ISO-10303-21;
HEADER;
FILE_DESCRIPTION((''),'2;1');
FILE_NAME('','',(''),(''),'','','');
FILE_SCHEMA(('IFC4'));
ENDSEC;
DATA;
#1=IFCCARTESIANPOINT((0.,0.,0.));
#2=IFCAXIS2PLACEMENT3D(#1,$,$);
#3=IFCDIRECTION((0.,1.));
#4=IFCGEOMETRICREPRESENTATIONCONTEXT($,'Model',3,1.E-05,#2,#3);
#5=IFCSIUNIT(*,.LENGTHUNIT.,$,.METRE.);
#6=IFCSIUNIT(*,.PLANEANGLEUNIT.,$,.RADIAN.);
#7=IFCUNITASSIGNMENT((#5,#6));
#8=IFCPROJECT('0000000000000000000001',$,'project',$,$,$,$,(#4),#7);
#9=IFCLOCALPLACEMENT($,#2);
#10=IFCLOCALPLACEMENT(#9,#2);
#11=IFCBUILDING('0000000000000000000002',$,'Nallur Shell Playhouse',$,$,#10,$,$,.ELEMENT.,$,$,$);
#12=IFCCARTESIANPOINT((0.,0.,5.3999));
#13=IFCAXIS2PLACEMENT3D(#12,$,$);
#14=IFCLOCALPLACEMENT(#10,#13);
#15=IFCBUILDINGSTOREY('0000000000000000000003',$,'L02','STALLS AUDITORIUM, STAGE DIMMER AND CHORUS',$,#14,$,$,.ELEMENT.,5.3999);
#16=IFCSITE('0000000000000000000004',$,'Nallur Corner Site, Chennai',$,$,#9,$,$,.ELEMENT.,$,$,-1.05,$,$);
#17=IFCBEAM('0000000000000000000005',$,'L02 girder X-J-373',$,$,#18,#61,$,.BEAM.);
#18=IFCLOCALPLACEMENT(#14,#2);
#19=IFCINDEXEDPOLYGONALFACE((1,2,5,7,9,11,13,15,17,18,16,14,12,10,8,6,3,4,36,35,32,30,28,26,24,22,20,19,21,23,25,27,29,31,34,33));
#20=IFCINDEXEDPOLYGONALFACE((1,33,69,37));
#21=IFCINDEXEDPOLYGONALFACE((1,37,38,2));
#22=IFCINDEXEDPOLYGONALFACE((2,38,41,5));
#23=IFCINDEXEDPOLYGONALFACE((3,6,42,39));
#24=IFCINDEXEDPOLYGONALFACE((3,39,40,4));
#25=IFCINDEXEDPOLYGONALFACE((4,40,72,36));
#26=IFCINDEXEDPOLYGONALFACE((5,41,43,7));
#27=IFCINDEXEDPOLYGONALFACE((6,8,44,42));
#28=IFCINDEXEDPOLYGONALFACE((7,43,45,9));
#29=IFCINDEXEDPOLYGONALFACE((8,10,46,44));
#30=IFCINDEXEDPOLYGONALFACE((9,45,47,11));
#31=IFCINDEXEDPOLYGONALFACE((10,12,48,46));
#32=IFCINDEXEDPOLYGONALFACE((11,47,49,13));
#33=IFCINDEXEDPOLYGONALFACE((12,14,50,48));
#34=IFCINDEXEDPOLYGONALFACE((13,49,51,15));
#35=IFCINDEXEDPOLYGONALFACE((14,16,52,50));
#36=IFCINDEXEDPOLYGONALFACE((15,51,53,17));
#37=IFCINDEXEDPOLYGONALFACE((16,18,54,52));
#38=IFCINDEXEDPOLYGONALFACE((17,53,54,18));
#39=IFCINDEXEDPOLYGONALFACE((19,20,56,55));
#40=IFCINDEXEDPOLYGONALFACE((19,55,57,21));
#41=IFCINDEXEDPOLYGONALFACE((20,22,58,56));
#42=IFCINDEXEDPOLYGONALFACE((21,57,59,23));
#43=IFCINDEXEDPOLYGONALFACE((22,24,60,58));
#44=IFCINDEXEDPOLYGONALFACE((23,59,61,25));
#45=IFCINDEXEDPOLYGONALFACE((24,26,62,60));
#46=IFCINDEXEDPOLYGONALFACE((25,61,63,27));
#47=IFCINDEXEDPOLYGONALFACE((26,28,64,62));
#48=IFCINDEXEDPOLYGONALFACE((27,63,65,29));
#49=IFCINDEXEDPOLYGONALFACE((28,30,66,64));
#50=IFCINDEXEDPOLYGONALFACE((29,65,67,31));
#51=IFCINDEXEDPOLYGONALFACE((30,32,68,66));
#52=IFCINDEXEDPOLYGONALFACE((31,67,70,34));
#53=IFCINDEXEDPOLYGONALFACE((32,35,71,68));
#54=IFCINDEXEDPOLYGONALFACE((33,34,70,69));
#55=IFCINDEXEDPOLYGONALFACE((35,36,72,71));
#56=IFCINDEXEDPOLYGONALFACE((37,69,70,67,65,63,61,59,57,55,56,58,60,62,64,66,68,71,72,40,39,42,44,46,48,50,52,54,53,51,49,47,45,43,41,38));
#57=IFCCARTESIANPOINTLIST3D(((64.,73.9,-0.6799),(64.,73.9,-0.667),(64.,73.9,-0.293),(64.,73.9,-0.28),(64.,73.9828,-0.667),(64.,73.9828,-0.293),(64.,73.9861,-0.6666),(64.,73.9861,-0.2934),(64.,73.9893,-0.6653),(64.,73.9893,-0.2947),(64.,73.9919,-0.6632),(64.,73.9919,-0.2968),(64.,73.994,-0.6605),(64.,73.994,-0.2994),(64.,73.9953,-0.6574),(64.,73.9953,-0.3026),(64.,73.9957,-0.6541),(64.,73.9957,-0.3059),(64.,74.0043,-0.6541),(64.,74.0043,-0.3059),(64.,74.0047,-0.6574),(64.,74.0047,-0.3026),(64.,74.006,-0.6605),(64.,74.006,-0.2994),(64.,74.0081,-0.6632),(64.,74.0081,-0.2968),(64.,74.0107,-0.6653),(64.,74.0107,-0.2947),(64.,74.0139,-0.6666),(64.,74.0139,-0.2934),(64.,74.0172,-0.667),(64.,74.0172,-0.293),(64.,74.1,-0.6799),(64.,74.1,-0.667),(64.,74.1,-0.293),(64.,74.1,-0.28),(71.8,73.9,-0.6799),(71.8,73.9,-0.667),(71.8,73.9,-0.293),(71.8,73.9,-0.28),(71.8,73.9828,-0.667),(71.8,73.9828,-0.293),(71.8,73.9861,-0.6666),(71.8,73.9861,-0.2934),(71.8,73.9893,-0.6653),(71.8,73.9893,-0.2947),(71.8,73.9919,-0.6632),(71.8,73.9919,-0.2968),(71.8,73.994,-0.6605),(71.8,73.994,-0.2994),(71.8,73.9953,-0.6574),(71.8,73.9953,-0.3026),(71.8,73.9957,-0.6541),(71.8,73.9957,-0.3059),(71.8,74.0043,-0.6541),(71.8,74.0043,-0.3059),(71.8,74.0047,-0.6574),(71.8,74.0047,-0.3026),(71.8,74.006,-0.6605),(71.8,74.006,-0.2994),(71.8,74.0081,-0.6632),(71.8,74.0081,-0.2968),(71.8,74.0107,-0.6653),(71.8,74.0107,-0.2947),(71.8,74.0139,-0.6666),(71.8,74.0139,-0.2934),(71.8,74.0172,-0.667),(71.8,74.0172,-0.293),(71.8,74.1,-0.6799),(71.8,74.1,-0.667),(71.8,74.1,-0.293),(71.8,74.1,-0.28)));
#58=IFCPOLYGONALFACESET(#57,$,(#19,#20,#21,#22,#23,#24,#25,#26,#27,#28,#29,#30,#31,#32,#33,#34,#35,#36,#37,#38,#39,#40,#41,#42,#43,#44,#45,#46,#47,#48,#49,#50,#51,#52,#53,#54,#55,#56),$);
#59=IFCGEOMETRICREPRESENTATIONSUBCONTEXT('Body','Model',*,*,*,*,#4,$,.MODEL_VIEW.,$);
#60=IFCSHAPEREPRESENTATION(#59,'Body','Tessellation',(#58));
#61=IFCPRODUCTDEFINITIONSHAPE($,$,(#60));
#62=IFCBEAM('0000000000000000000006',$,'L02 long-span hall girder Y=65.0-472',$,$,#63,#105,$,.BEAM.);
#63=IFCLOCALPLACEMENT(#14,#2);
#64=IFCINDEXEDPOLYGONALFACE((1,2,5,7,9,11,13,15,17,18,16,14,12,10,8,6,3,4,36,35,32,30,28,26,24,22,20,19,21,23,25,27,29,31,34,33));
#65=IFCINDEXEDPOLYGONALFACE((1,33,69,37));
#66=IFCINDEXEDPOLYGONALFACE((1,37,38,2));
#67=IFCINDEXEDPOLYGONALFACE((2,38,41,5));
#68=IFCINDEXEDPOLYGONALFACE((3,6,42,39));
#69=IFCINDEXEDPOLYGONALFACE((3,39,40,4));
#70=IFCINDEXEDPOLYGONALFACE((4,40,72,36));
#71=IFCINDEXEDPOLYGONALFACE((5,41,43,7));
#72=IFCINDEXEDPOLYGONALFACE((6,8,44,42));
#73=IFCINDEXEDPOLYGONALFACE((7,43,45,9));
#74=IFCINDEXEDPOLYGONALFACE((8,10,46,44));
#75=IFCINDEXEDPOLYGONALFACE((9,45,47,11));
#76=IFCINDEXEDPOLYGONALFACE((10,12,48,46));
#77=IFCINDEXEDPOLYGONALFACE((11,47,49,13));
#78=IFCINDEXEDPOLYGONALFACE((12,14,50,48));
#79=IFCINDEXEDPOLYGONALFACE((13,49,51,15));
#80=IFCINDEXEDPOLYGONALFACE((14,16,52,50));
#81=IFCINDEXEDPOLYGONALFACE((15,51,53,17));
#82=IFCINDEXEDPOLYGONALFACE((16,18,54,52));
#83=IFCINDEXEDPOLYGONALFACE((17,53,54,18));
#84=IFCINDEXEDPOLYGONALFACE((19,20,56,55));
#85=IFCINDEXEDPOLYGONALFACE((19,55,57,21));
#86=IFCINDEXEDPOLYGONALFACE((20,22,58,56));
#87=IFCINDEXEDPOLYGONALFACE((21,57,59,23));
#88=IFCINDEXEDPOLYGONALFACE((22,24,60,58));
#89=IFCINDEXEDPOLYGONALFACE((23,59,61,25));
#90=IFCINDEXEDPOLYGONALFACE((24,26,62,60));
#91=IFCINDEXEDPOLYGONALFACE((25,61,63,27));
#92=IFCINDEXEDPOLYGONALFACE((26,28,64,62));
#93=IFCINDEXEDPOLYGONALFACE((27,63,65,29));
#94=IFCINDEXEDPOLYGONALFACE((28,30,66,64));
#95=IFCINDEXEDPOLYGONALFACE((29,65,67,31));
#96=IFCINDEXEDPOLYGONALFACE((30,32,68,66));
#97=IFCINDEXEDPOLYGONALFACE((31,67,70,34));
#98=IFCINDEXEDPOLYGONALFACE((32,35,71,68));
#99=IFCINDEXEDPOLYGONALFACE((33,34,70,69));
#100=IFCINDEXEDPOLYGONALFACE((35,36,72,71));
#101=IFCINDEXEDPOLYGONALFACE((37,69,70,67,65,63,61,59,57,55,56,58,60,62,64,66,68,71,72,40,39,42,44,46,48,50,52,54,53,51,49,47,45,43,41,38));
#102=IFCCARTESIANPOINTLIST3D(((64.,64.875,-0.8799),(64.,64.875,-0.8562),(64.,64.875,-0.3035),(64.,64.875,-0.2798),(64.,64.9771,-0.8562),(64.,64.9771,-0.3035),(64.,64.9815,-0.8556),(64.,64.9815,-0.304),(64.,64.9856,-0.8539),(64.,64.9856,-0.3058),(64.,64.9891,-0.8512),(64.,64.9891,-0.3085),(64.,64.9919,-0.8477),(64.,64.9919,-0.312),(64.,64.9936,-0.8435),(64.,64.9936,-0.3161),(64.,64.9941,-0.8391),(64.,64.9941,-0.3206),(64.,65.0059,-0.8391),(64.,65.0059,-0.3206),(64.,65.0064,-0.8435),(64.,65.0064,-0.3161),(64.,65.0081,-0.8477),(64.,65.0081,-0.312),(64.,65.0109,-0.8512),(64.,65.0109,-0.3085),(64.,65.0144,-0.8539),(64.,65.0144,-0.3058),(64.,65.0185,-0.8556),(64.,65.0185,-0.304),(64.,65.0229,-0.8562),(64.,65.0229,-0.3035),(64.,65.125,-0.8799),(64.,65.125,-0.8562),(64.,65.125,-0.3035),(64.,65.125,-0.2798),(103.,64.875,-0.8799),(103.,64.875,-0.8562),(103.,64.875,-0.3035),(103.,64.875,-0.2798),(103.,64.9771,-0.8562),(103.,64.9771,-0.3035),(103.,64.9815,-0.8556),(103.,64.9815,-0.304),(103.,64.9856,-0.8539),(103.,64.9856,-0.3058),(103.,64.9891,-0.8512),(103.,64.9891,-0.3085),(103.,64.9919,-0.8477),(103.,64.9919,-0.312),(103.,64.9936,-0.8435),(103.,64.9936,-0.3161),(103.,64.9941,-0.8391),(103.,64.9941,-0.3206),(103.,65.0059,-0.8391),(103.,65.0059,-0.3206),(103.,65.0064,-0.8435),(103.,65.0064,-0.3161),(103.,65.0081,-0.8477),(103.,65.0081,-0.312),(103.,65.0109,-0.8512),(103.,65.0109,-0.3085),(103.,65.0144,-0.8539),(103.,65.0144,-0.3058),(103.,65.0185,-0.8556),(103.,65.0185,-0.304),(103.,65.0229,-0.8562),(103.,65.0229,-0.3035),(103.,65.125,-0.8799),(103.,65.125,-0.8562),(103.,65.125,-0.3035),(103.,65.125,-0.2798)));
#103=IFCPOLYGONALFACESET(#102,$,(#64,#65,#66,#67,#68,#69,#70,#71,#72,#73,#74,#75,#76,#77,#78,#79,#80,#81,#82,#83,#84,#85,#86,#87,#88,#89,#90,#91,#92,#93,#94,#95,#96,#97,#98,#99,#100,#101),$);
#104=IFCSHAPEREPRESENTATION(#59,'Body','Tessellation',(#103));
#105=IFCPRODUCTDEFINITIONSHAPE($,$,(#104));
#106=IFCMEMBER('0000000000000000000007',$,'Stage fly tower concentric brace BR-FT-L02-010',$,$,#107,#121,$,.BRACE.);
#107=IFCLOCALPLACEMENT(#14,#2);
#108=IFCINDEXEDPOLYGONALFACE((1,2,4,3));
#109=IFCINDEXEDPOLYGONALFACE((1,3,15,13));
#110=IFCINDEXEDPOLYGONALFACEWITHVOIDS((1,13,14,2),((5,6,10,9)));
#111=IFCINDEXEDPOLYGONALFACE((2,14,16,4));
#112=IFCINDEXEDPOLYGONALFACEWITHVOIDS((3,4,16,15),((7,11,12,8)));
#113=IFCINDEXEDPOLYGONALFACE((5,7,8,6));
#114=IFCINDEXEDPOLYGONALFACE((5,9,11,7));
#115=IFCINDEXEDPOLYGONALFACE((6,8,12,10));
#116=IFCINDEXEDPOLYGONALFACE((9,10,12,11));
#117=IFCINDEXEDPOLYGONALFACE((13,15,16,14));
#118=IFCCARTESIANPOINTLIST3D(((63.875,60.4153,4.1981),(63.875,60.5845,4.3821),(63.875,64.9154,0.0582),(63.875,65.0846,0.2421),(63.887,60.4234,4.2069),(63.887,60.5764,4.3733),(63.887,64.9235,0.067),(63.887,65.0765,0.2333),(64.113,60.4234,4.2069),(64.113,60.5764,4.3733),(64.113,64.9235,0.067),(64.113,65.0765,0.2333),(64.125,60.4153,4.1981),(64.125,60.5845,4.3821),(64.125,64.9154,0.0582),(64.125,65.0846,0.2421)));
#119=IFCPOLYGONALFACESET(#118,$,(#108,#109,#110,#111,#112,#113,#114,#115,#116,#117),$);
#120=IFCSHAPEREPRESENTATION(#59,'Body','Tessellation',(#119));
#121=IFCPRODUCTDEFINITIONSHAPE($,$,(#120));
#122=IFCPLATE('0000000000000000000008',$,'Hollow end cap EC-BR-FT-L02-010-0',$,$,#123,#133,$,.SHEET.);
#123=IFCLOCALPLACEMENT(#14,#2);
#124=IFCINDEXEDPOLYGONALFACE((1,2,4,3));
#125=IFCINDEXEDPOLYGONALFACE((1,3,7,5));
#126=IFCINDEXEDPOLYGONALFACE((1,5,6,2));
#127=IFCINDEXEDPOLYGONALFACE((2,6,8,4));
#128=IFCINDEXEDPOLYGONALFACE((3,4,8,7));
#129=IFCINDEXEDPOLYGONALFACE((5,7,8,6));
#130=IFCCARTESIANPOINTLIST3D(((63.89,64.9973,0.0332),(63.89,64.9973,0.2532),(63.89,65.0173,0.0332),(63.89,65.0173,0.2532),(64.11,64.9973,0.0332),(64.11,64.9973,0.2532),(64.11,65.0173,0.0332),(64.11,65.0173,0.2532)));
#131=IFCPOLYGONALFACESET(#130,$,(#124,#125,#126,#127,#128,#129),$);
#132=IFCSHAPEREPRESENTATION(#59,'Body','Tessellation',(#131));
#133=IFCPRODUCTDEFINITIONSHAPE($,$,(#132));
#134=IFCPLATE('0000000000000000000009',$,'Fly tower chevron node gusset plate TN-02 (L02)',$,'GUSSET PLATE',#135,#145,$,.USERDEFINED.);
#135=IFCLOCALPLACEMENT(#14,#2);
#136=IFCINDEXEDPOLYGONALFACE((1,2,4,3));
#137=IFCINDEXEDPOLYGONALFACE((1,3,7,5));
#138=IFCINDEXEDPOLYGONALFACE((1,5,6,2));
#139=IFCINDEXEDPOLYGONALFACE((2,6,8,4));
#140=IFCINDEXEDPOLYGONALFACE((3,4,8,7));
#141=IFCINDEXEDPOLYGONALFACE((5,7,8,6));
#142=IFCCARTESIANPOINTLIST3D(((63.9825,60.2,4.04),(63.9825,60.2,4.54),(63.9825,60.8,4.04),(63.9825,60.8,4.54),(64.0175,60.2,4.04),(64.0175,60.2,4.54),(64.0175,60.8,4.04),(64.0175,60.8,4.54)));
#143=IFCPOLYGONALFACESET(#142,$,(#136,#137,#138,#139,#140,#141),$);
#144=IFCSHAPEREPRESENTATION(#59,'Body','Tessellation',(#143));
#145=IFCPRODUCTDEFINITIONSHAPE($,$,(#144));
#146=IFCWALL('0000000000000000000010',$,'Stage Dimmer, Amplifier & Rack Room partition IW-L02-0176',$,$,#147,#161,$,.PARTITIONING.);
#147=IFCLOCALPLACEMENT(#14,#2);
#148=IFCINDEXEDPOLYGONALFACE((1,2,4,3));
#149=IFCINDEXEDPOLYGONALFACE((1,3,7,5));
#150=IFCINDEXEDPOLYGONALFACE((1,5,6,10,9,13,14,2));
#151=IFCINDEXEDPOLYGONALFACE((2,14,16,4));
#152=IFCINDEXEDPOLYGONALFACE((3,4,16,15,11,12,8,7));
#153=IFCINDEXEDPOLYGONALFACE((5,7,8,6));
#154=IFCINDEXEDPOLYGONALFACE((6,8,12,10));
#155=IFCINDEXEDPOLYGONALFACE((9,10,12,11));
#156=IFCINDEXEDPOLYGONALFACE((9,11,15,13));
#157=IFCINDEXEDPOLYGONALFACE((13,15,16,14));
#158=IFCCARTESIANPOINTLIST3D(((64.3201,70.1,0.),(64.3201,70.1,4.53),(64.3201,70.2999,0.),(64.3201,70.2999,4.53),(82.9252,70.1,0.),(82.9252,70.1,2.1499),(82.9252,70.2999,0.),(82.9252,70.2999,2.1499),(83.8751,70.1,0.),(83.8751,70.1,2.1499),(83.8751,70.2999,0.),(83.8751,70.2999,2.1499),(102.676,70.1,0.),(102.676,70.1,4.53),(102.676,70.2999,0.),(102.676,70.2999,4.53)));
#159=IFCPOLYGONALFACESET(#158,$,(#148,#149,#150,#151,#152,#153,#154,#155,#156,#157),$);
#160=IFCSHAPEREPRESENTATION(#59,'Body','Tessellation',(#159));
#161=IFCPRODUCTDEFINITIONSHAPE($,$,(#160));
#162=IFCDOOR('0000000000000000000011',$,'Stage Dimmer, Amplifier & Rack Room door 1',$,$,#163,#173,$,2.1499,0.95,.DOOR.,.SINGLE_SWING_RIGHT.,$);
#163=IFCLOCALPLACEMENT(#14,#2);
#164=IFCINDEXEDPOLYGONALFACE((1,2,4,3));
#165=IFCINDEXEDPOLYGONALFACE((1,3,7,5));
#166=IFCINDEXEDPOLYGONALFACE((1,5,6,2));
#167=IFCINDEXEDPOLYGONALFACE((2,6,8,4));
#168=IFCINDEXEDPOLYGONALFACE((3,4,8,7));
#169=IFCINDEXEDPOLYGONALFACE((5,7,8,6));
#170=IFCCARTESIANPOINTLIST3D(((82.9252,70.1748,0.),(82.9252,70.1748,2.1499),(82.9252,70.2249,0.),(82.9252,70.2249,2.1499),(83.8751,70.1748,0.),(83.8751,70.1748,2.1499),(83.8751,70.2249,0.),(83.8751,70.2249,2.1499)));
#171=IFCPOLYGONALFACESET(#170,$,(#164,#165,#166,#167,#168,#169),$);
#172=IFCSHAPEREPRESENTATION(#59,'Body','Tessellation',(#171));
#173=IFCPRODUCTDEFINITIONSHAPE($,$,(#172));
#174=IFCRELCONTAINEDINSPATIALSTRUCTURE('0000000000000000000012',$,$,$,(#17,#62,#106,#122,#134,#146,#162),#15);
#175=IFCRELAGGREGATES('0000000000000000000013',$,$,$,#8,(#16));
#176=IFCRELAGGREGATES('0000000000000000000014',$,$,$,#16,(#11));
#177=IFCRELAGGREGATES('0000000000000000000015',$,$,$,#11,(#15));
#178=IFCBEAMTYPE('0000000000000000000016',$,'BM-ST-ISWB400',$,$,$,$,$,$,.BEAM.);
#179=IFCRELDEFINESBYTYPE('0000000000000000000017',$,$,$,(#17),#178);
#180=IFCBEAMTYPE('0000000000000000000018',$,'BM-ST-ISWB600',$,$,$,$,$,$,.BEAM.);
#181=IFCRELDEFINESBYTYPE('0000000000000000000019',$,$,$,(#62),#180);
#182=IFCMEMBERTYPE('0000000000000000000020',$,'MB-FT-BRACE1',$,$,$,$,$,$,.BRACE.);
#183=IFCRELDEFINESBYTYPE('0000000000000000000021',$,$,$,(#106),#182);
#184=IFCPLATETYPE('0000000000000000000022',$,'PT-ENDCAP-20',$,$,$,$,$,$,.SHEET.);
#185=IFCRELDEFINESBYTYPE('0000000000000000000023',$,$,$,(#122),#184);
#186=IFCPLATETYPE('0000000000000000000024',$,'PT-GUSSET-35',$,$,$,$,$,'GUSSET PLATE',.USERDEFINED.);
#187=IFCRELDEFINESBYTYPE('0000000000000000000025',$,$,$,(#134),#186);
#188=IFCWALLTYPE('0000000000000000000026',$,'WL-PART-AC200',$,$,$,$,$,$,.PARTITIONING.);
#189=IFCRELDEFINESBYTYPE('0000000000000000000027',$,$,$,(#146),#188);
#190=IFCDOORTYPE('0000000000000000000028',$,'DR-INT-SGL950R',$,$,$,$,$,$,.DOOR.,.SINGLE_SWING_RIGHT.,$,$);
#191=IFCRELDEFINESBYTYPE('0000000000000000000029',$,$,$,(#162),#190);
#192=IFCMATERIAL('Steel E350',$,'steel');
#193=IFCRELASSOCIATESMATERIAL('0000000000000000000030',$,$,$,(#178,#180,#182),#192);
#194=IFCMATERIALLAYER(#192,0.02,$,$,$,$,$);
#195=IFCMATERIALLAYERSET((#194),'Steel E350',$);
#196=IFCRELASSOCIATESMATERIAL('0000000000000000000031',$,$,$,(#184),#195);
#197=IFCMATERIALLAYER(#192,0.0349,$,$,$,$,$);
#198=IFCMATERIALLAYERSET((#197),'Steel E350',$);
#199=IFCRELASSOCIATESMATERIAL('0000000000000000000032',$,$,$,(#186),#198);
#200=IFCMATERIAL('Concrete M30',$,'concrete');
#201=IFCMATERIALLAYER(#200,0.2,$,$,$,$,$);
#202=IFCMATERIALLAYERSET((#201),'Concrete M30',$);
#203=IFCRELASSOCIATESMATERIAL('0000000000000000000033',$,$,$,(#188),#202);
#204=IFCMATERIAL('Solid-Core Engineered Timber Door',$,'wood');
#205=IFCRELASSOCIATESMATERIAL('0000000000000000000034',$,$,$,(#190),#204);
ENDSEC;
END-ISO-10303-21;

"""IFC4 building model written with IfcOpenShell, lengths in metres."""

from ifc_helpers import new_model, si_unit, direction, frame, frame_2d, origin, origin_2d, place, context, subcontext, project, spatial, rectangle, hollow_rectangle, i_section, extrude, material, layer, layer_set, material_profile, profile_set, type_object, element, fill, save


model = new_model("IFC4")

# Units and contexts
model_context = context("Model", 3, precision=1e-05, world=origin(), true_north=direction((0.0, 1.0)))
body_context = subcontext(model_context, "Body", "Model", "MODEL_VIEW")
ifc_project = project(units=[si_unit("LENGTHUNIT", "METRE"), si_unit("PLANEANGLEUNIT", "RADIAN")], contexts=[model_context])

# Site, building, storey
site_placement = place(None, origin())
site = spatial("IfcSite", under=ifc_project, at=site_placement, Name="Nallur Corner Site, Chennai", CompositionType="ELEMENT", RefElevation=-1.05)
building_placement = place(site_placement, origin())
building = spatial("IfcBuilding", under=site, at=building_placement, Name="Nallur Shell Playhouse", CompositionType="ELEMENT")
storey_placement = place(building_placement, frame((0.0, 0.0, 5.3999)))
storey = spatial("IfcBuildingStorey", under=building, at=storey_placement, Name="L02", Description="STALLS AUDITORIUM, STAGE DIMMER AND CHORUS", CompositionType="ELEMENT", Elevation=5.3999)

# Shared definitions
ifc_material_1 = material(Name="Steel E350", Category="steel")

# Beams
ifc_material_2 = material(Name="Concrete M30", Category="concrete")
ifc_material_profile_1 = material_profile(ifc_material_1, i_section(OverallWidth=0.2, OverallDepth=0.3999, WebThickness=0.0085, FlangeThickness=0.0129, FilletRadius=0.0129, at=origin_2d()), Name="ISWB 400")
ifc_profile_set_1 = profile_set([ifc_material_profile_1], Name="Steel E350")
beam_type_1 = type_object("IfcBeamType", Name="BM-ST-ISWB400", PredefinedType="BEAM", material=ifc_profile_set_1)
beam_1_placement = place(storey_placement, frame((64.0, 74.0, -0.48), z_axis=(1.0, 0.0, 0.0), x_axis=(0.0, 1.0, 0.0)))
element("IfcBeam", 1, at=beam_1_placement, inside=storey, type_object=beam_type_1, Name="L02 girder X-J-373", PredefinedType="BEAM", context=body_context, shape_type="SweptSolid", body=[
    extrude(i_section(OverallWidth=0.2, OverallDepth=0.3999, WebThickness=0.0085, FlangeThickness=0.0129, FilletRadius=0.0129, at=origin_2d()), origin(), (0.0, 0.0, 1.0), 7.8),
])
ifc_material_profile_2 = material_profile(ifc_material_1, i_section(OverallWidth=0.25, OverallDepth=0.6001, WebThickness=0.0117, FlangeThickness=0.0237, FilletRadius=0.0171, at=origin_2d()), Name="ISWB 600")
ifc_profile_set_2 = profile_set([ifc_material_profile_2], Name="Steel E350")
beam_type_2 = type_object("IfcBeamType", Name="BM-ST-ISWB600", PredefinedType="BEAM", material=ifc_profile_set_2)
beam_2_placement = place(storey_placement, frame((64.0, 65.0, -0.5798), z_axis=(1.0, 0.0, 0.0), x_axis=(0.0, 1.0, 0.0)))
element("IfcBeam", 2, at=beam_2_placement, inside=storey, type_object=beam_type_2, Name="L02 long-span hall girder Y=65.0-472", PredefinedType="BEAM", context=body_context, shape_type="SweptSolid", body=[
    extrude(i_section(OverallWidth=0.25, OverallDepth=0.6001, WebThickness=0.0117, FlangeThickness=0.0237, FilletRadius=0.0171, at=origin_2d()), origin(), (0.0, 0.0, 1.0), 39.0),
])

# Member
ifc_material_profile_3 = material_profile(ifc_material_1, hollow_rectangle(XDim=0.25, YDim=0.25, WallThickness=0.012, at=origin_2d()), Name="SHS 250x250x12")
ifc_profile_set_3 = profile_set([ifc_material_profile_3], Name="Steel E350")
member_type = type_object("IfcMemberType", Name="MB-FT-BRACE1", PredefinedType="BRACE", material=ifc_profile_set_3)
member_placement = place(storey_placement, frame((64.0, 65.0, 0.1501), z_axis=(0.0, -0.73594, 0.677047), x_axis=(1.0, 0.0, 0.0)))
element("IfcMember", 3, at=member_placement, inside=storey, type_object=member_type, Name="Stage fly tower concentric brace BR-FT-L02-010", PredefinedType="BRACE", context=body_context, shape_type="SweptSolid", body=[
    extrude(hollow_rectangle(XDim=0.25, YDim=0.25, WallThickness=0.012, at=origin_2d()), origin(), (0.0, 0.0, 1.0), 6.1147),
])

# Plates
ifc_layer_1 = layer(ifc_material_1, 0.02)
ifc_layer_set_1 = layer_set([ifc_layer_1], Name="Steel E350")
plate_type_1 = type_object("IfcPlateType", Name="PT-ENDCAP-20", PredefinedType="SHEET", material=ifc_layer_set_1)
plate_1_placement = place(storey_placement, frame((64.0, 65.0073, 0.0332), z_axis=(0.0, 0.0, 1.0), x_axis=(1.0, 0.0, 0.0)))
element("IfcPlate", 4, at=plate_1_placement, inside=storey, type_object=plate_type_1, Name="Hollow end cap EC-BR-FT-L02-010-0", PredefinedType="SHEET", context=body_context, shape_type="SweptSolid", body=[
    extrude(rectangle(XDim=0.22, YDim=0.02, at=origin_2d()), origin(), (0.0, 0.0, 1.0), 0.22),
])
ifc_layer_2 = layer(ifc_material_1, 0.0349)
ifc_layer_set_2 = layer_set([ifc_layer_2], Name="Steel E350")
plate_type_2 = type_object("IfcPlateType", Name="PT-GUSSET-35", ElementType="GUSSET PLATE", PredefinedType="USERDEFINED", material=ifc_layer_set_2)
plate_2_placement = place(storey_placement, frame((64.0, 60.5, 4.04), z_axis=(0.0, 0.0, 1.0), x_axis=(1.0, 0.0, 0.0)))
element("IfcPlate", 5, at=plate_2_placement, inside=storey, type_object=plate_type_2, Name="Fly tower chevron node gusset plate TN-02 (L02)", ObjectType="GUSSET PLATE", PredefinedType="USERDEFINED", context=body_context, shape_type="SweptSolid", body=[
    extrude(rectangle(XDim=0.0349, YDim=0.6001, at=origin_2d()), origin(), (0.0, 0.0, 1.0), 0.5),
])

# Wall, opening, door
ifc_layer_3 = layer(ifc_material_2, 0.2)
ifc_layer_set_3 = layer_set([ifc_layer_3], Name="Concrete M30")
wall_type = type_object("IfcWallType", Name="WL-PART-AC200", PredefinedType="PARTITIONING", material=ifc_layer_set_3)
wall_1_placement = place(storey_placement, frame((64.3201, 70.2, 0.0), z_axis=(0.0, 0.0, 1.0), x_axis=(1.0, 0.0, 0.0)))
wall_1 = element("IfcWall", 6, at=wall_1_placement, inside=storey, type_object=wall_type, Name="Stage Dimmer, Amplifier & Rack Room partition IW-L02-0176", PredefinedType="PARTITIONING", context=body_context, shape_type="SweptSolid", body=[
    extrude(rectangle(XDim=38.356, YDim=0.2, at=frame_2d((19.178, 0.0))), origin(), (0.0, 0.0, 1.0), 4.53),
])
opening_1_placement = place(wall_1_placement, frame((18.605, 0.0, 0.0)))
opening_1 = element("IfcOpeningElement", 7, at=opening_1_placement, cuts=wall_1, PredefinedType="OPENING", context=body_context, shape_type="SweptSolid", body=[
    extrude(rectangle(XDim=0.95, YDim=2.1499, at=frame_2d((0.4751, 1.075))), frame((0.0, 0.1099, 0.0), z_axis=(0.0, -1.0, 0.0), x_axis=(1.0, 0.0, 0.0)), (0.0, 0.0, 1.0), 0.22),
])
ifc_material_3 = material(Name="Solid-Core Engineered Timber Door", Category="wood")
door_type_1 = type_object("IfcDoorType", Name="DR-INT-SGL950R", OperationType="SINGLE_SWING_RIGHT", PredefinedType="DOOR", material=ifc_material_3)
door_1_placement = place(opening_1_placement, origin())
door_1 = element("IfcDoor", 8, at=door_1_placement, inside=storey, type_object=door_type_1, Name="Stage Dimmer, Amplifier & Rack Room door 1", OperationType="SINGLE_SWING_RIGHT", OverallHeight=2.1499, OverallWidth=0.95, PredefinedType="DOOR", context=body_context, shape_type="SweptSolid", body=[
    extrude(rectangle(XDim=0.95, YDim=2.1499, at=frame_2d((0.4751, 1.075))), frame((0.0, 0.0249, 0.0), z_axis=(0.0, -1.0, 0.0), x_axis=(1.0, 0.0, 0.0)), (0.0, 0.0, 1.0), 0.05),
])
fill(opening_1, door_1)

save(model, "model.ifc")
